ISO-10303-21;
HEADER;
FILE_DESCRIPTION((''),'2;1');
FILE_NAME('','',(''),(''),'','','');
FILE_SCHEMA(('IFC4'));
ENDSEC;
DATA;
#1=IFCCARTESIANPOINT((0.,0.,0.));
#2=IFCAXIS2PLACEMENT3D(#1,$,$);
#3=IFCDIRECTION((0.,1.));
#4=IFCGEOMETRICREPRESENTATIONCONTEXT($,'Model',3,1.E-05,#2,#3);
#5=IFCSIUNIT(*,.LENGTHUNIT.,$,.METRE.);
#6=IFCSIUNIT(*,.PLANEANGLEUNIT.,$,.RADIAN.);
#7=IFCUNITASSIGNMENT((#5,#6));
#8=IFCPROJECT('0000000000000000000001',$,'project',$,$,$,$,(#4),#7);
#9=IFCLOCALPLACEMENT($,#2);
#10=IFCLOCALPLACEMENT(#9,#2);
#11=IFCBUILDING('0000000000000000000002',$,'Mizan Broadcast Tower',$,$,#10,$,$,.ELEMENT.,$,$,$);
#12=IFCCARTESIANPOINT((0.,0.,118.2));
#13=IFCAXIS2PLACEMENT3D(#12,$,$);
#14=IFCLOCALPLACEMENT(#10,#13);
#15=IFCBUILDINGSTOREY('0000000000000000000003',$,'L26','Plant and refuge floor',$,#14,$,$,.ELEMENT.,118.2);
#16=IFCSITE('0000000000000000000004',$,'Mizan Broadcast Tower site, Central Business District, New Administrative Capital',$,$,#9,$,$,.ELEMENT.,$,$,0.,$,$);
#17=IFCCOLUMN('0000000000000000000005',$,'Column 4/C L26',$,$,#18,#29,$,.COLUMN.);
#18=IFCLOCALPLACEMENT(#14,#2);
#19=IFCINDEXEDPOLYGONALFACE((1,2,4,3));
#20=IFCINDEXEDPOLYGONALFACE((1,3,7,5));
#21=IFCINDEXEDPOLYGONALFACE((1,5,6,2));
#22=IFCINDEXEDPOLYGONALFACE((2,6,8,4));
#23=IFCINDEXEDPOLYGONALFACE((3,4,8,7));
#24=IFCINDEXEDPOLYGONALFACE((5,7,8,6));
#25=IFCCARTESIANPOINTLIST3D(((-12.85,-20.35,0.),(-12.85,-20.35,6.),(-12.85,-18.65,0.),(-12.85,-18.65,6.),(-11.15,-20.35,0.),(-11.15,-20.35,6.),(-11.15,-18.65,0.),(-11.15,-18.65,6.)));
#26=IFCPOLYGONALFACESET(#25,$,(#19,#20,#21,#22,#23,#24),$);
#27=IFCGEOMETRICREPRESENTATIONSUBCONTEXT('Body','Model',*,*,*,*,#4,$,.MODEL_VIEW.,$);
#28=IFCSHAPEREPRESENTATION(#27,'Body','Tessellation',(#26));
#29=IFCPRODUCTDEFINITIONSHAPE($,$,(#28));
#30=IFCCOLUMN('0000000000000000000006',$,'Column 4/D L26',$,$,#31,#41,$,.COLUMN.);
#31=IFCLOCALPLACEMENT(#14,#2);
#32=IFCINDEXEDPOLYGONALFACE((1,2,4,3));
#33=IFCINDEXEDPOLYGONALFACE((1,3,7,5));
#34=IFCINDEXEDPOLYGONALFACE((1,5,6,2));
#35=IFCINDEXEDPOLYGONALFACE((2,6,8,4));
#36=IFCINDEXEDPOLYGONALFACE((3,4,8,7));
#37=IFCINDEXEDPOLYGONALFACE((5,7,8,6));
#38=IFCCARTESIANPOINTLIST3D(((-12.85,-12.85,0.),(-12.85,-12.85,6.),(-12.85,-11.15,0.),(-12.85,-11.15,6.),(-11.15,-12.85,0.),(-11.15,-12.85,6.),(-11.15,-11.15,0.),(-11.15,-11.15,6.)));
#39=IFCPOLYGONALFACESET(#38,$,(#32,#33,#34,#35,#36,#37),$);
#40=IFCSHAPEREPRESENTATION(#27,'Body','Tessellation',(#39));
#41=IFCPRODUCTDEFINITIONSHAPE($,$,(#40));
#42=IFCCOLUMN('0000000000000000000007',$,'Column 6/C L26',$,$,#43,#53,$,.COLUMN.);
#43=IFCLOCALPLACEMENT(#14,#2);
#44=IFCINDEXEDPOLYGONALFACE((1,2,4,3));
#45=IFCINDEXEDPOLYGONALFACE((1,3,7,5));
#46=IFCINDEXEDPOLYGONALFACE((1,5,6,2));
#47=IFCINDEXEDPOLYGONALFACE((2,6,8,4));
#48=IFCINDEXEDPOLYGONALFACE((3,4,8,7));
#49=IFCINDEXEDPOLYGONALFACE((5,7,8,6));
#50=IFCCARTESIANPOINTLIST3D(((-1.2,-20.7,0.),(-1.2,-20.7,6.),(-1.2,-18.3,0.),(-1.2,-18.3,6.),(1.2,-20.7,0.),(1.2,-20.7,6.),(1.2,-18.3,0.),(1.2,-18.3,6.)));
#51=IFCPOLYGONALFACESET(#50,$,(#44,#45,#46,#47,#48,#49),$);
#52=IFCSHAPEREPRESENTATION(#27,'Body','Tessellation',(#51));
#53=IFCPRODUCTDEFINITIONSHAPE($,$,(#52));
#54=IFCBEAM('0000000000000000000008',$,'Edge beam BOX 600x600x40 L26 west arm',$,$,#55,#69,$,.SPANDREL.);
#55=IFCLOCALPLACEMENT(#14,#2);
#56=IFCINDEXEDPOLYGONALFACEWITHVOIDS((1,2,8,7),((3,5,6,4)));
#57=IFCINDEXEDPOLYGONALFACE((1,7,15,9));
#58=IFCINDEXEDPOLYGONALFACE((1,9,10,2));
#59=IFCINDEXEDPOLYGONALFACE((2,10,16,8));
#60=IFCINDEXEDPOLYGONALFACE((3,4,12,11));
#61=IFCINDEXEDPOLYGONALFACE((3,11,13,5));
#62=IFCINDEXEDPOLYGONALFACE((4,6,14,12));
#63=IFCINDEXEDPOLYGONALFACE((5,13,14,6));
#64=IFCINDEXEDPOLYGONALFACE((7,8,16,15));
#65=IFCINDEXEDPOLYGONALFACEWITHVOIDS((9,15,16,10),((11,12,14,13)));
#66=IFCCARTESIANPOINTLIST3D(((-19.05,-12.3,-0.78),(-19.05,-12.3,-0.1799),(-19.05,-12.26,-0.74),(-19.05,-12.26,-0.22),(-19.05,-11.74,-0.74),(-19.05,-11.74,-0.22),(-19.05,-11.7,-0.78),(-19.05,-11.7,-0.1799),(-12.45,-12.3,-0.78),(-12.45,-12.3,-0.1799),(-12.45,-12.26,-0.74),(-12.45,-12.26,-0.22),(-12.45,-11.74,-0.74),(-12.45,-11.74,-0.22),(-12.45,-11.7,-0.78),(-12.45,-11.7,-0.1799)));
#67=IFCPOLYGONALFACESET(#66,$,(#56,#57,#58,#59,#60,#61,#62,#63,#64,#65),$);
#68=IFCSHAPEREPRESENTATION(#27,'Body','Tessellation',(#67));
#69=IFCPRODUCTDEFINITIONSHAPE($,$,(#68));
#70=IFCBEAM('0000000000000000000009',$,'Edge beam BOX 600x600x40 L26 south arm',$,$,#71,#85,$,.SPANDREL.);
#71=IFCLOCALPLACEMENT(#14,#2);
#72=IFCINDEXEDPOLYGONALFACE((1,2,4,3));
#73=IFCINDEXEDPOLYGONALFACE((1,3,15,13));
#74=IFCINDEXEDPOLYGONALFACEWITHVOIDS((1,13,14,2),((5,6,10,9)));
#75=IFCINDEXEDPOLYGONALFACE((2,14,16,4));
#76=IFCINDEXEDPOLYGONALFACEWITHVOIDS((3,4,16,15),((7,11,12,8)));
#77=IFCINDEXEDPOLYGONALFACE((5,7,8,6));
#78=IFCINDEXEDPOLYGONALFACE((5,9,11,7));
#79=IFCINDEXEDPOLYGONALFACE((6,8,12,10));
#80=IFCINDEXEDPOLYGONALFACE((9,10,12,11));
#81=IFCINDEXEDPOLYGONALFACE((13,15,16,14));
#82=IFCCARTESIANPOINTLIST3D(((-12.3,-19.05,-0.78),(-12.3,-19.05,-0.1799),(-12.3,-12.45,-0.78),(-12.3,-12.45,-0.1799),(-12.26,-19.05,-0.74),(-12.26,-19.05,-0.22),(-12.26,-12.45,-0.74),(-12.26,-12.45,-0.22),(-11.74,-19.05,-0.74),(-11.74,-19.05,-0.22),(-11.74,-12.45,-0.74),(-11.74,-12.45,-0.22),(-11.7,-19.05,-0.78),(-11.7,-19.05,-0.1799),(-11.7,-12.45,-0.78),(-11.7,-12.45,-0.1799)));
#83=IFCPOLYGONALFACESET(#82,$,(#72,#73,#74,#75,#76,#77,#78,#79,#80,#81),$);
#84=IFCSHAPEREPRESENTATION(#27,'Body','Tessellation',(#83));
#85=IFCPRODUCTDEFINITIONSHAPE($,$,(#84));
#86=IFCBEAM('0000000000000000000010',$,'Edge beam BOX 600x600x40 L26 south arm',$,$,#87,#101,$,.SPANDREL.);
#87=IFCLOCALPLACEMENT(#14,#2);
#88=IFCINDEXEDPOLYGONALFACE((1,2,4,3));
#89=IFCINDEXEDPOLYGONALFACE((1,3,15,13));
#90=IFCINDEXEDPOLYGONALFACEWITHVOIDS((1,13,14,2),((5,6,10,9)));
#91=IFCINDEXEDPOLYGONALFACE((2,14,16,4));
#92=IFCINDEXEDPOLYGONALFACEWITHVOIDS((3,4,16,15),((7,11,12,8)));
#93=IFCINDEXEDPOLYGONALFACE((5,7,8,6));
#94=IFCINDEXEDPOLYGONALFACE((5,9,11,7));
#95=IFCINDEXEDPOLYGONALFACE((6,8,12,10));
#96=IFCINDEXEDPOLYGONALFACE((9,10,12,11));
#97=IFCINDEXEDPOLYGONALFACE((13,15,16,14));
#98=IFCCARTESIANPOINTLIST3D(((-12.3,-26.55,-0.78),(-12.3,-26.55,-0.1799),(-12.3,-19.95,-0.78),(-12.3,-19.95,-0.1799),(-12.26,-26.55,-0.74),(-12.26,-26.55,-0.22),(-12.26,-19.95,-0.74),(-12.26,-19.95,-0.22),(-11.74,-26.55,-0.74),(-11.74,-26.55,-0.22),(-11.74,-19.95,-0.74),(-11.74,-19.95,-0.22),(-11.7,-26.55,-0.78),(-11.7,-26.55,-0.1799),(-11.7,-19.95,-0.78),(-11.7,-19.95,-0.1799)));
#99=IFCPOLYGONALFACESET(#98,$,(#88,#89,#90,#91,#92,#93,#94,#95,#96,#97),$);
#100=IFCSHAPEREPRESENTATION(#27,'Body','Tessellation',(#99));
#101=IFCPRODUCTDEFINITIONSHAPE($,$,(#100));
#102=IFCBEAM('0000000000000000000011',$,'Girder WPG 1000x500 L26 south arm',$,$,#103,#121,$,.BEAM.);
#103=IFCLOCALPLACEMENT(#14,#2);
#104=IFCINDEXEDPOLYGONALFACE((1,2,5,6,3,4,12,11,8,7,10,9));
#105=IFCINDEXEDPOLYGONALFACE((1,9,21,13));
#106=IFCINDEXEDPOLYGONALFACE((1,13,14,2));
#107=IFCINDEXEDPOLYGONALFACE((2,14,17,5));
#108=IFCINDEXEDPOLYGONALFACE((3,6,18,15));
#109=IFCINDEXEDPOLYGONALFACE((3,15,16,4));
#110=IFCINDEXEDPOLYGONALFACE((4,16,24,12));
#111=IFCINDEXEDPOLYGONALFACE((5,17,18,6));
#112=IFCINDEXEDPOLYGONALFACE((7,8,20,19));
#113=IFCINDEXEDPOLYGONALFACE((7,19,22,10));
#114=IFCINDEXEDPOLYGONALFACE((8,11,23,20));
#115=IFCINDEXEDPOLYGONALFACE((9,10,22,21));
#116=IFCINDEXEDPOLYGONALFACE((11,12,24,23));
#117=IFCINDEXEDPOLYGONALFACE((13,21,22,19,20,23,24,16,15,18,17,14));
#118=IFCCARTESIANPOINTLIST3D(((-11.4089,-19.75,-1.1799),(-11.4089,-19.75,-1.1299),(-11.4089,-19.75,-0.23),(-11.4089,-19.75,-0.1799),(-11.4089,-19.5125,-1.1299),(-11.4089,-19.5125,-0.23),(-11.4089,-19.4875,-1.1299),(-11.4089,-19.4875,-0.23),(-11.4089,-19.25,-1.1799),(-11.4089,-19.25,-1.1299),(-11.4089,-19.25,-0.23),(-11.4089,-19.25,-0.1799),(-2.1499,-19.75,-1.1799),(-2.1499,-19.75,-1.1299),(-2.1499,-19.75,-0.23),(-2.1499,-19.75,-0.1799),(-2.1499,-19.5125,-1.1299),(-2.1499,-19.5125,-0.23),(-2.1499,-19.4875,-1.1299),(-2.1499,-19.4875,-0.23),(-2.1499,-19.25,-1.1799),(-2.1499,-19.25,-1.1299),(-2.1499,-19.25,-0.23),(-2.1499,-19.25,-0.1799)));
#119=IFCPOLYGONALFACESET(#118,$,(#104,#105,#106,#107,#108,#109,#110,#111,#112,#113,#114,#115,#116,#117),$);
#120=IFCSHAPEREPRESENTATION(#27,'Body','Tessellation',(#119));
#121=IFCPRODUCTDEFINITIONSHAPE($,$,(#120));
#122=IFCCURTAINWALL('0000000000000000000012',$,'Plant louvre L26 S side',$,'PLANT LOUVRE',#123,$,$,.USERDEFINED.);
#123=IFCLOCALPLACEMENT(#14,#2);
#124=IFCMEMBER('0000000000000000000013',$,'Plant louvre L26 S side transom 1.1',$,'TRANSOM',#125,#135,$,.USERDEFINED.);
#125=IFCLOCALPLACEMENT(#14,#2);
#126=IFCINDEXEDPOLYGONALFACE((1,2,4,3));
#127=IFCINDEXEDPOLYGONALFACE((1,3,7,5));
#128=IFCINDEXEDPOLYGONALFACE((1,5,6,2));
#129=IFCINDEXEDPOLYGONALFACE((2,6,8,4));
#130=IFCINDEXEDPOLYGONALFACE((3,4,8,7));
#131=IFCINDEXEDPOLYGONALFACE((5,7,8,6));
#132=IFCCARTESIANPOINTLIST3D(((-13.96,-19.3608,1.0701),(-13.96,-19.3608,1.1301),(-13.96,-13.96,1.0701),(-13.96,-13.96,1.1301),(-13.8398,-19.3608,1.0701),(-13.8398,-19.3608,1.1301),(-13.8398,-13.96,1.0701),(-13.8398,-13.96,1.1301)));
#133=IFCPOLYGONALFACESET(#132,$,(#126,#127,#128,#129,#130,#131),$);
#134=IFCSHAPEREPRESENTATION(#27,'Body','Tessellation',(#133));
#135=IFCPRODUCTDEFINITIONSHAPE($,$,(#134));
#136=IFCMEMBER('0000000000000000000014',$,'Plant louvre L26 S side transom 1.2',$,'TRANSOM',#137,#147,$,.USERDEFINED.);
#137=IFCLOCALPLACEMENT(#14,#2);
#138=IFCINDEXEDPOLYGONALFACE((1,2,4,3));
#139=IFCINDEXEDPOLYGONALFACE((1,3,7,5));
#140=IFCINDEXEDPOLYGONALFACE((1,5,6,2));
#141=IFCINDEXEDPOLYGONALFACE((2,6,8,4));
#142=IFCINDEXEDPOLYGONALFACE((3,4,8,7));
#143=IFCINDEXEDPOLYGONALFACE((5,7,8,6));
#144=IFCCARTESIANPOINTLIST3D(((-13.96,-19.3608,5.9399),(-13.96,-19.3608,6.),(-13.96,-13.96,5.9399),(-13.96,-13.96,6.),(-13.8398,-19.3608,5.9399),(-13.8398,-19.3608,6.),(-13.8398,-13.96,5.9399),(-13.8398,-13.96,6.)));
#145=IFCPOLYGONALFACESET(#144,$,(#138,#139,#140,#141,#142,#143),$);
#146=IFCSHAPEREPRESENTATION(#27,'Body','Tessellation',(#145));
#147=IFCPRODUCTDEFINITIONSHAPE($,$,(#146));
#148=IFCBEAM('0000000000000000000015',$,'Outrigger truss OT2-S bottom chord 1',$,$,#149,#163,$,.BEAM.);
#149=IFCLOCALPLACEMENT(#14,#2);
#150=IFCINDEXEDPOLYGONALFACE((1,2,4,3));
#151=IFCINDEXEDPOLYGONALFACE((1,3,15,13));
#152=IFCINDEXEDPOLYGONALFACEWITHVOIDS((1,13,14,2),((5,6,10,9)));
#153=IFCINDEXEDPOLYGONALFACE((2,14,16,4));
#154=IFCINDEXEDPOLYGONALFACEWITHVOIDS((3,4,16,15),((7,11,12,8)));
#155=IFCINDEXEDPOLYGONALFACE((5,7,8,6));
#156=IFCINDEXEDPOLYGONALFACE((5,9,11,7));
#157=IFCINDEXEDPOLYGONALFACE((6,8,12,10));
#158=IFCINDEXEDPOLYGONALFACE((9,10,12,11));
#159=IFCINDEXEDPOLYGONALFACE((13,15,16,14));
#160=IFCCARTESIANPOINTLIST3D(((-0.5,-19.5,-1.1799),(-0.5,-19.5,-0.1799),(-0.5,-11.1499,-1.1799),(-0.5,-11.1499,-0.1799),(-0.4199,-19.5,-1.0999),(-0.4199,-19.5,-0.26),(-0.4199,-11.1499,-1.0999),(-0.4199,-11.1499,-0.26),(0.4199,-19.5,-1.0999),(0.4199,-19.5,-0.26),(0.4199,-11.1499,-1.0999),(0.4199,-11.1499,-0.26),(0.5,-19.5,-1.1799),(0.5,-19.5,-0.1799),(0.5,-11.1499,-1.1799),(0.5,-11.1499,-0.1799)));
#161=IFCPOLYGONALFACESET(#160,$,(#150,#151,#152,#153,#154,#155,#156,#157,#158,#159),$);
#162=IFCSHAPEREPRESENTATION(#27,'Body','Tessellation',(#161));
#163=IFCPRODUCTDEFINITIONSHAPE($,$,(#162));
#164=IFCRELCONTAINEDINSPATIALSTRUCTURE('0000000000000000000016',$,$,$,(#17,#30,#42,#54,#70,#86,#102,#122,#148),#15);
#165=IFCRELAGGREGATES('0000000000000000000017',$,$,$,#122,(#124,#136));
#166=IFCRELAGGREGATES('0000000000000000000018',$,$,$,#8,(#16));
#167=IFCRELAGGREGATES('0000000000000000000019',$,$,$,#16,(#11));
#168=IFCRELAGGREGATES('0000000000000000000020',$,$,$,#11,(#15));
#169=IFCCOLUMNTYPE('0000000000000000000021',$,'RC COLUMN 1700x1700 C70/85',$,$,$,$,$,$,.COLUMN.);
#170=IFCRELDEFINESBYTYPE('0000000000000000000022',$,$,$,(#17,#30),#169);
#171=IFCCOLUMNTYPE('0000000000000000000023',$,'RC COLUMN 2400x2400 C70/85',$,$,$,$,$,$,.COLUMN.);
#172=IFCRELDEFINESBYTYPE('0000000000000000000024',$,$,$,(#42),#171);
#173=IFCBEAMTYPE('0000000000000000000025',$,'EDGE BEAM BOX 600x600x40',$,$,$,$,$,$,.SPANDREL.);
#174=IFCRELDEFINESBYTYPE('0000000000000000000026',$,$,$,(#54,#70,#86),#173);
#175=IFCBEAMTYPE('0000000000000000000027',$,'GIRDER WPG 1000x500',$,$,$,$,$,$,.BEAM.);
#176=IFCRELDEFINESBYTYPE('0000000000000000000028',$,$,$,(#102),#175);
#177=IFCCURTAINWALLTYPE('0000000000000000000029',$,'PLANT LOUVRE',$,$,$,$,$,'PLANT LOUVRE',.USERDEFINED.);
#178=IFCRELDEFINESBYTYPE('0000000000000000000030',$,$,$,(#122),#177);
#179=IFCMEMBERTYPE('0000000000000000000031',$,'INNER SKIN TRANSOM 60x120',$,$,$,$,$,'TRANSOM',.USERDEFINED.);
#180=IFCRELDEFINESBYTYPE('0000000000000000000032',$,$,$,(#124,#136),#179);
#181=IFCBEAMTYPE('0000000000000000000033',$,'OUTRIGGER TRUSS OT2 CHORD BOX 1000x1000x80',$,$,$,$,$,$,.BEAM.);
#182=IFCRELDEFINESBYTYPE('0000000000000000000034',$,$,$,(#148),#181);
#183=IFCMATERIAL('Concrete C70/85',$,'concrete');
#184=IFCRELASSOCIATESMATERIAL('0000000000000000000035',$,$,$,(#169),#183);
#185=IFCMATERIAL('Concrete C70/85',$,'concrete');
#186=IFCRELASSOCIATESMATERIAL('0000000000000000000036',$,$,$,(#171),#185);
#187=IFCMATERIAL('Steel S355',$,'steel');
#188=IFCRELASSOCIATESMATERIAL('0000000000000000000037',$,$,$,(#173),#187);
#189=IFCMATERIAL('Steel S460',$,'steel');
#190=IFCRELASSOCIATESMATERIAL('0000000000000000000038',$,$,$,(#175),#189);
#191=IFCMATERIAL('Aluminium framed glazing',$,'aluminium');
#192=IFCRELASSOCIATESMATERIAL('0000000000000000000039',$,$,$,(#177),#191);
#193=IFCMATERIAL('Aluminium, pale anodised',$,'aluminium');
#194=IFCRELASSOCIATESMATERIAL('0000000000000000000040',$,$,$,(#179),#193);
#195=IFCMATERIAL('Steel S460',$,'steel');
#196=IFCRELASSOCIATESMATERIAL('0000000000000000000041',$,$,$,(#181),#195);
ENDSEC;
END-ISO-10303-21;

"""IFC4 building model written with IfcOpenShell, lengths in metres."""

from ifc_helpers import new_model, si_unit, direction, frame, origin, origin_2d, place, context, subcontext, project, spatial, rectangle, hollow_rectangle, i_section, extrude, material, material_profile, profile_set, type_object, element, aggregate, save


model = new_model("IFC4")

# Units and contexts
model_context = context("Model", 3, precision=1e-05, world=origin(), true_north=direction((0.0, 1.0)))
body_context = subcontext(model_context, "Body", "Model", "MODEL_VIEW")
ifc_project = project(units=[si_unit("LENGTHUNIT", "METRE"), si_unit("PLANEANGLEUNIT", "RADIAN")], contexts=[model_context])

# Site, building, storey
site_placement = place(None, origin())
site = spatial("IfcSite", under=ifc_project, at=site_placement, Name="Mizan Broadcast Tower site, Central Business District, New Administrative Capital", CompositionType="ELEMENT", RefElevation=0.0)
building_placement = place(site_placement, origin())
building = spatial("IfcBuilding", under=site, at=building_placement, Name="Mizan Broadcast Tower", CompositionType="ELEMENT")
storey_placement = place(building_placement, frame((0.0, 0.0, 118.2)))
storey = spatial("IfcBuildingStorey", under=building, at=storey_placement, Name="L26", Description="Plant and refuge floor", CompositionType="ELEMENT", Elevation=118.2)

# Columns
ifc_material_1 = material(Name="Concrete C70/85", Category="concrete")
ifc_material_profile_1 = material_profile(ifc_material_1, rectangle(XDim=1.7, YDim=1.7, at=origin_2d()), Name="RC 1700x1700")
ifc_profile_set_1 = profile_set([ifc_material_profile_1], Name="Concrete C70/85")
column_type_1 = type_object("IfcColumnType", Name="RC COLUMN 1700x1700 C70/85", PredefinedType="COLUMN", material=ifc_profile_set_1)
for number, where, z_axis, x_axis, name in (
    (1, (-12.0, -19.5, 0.0), (0.0, 0.0, 1.0), (1.0, 0.0, 0.0), "Column 4/C L26"),
    (2, (-12.0, -12.0, 0.0), (0.0, 0.0, 1.0), (1.0, 0.0, 0.0), "Column 4/D L26"),
):
    element("IfcColumn", number, at=place(storey_placement, frame(where, z_axis=z_axis, x_axis=x_axis)), inside=storey, type_object=column_type_1, Name=name, PredefinedType="COLUMN", context=body_context, shape_type="SweptSolid", body=[
        extrude(rectangle(XDim=1.7, YDim=1.7, at=origin_2d()), origin(), (0.0, 0.0, 1.0), 6.0),
    ])
ifc_material_2 = material(Name="Concrete C70/85", Category="concrete")
ifc_material_profile_2 = material_profile(ifc_material_2, rectangle(XDim=2.3999, YDim=2.3999, at=origin_2d()), Name="RC 2400x2400")
ifc_profile_set_2 = profile_set([ifc_material_profile_2], Name="Concrete C70/85")
column_type_2 = type_object("IfcColumnType", Name="RC COLUMN 2400x2400 C70/85", PredefinedType="COLUMN", material=ifc_profile_set_2)
column_placement = place(storey_placement, frame((0.0, -19.5, 0.0), z_axis=(0.0, 0.0, 1.0), x_axis=(1.0, 0.0, 0.0)))
element("IfcColumn", 3, at=column_placement, inside=storey, type_object=column_type_2, Name="Column 6/C L26", PredefinedType="COLUMN", context=body_context, shape_type="SweptSolid", body=[
    extrude(rectangle(XDim=2.3999, YDim=2.3999, at=origin_2d()), origin(), (0.0, 0.0, 1.0), 6.0),
])

# Beams
ifc_material_3 = material(Name="Steel S355", Category="steel")
ifc_material_profile_3 = material_profile(ifc_material_3, hollow_rectangle(XDim=0.6001, YDim=0.6001, WallThickness=0.04, at=origin_2d()), Name="BOX 600x600x40")
ifc_profile_set_3 = profile_set([ifc_material_profile_3], Name="Steel S355")
beam_type_1 = type_object("IfcBeamType", Name="EDGE BEAM BOX 600x600x40", PredefinedType="SPANDREL", material=ifc_profile_set_3)
for number, where, z_axis, x_axis, name in (
    (4, (-12.45, -12.0, -0.48), (-1.0, 0.0, 0.0), (0.0, -1.0, 0.0), "Edge beam BOX 600x600x40 L26 west arm"),
    (5, (-12.0, -12.45, -0.48), (0.0, -1.0, 0.0), (1.0, 0.0, 0.0), "Edge beam BOX 600x600x40 L26 south arm"),
    (6, (-12.0, -19.95, -0.48), (0.0, -1.0, 0.0), (1.0, 0.0, 0.0), "Edge beam BOX 600x600x40 L26 south arm"),
):
    element("IfcBeam", number, at=place(storey_placement, frame(where, z_axis=z_axis, x_axis=x_axis)), inside=storey, type_object=beam_type_1, Name=name, PredefinedType="SPANDREL", context=body_context, shape_type="SweptSolid", body=[
        extrude(hollow_rectangle(XDim=0.6001, YDim=0.6001, WallThickness=0.04, at=origin_2d()), origin(), (0.0, 0.0, 1.0), 6.6001),
    ])
ifc_material_4 = material(Name="Steel S460", Category="steel")
ifc_material_profile_4 = material_profile(ifc_material_4, i_section(OverallWidth=0.5, OverallDepth=1.0, WebThickness=0.0249, FlangeThickness=0.05, at=origin_2d()), Name="WPG 1000x500")
ifc_profile_set_4 = profile_set([ifc_material_profile_4], Name="Steel S460")
beam_type_2 = type_object("IfcBeamType", Name="GIRDER WPG 1000x500", PredefinedType="BEAM", material=ifc_profile_set_4)
beam_1_placement = place(storey_placement, frame((-11.4089, -19.5, -0.6799), z_axis=(1.0, 0.0, 0.0), x_axis=(0.0, 1.0, 0.0)))
element("IfcBeam", 7, at=beam_1_placement, inside=storey, type_object=beam_type_2, Name="Girder WPG 1000x500 L26 south arm", PredefinedType="BEAM", context=body_context, shape_type="SweptSolid", body=[
    extrude(i_section(OverallWidth=0.5, OverallDepth=1.0, WebThickness=0.0249, FlangeThickness=0.05, at=origin_2d()), origin(), (0.0, 0.0, 1.0), 9.259),
])

# Curtain wall, members
ifc_material_5 = material(Name="Aluminium framed glazing", Category="aluminium")
curtain_wall_type = type_object("IfcCurtainWallType", Name="PLANT LOUVRE", ElementType="PLANT LOUVRE", PredefinedType="USERDEFINED", material=ifc_material_5)
curtain_wall_placement = place(storey_placement, origin())
curtain_wall = element("IfcCurtainWall", 8, at=curtain_wall_placement, inside=storey, type_object=curtain_wall_type, Name="Plant louvre L26 S side", ObjectType="PLANT LOUVRE", PredefinedType="USERDEFINED")
ifc_material_6 = material(Name="Aluminium, pale anodised", Category="aluminium")
ifc_material_profile_5 = material_profile(ifc_material_6, rectangle(XDim=0.1201, YDim=0.0601, at=origin_2d()), Name="TRANSOM 120x60")
ifc_profile_set_5 = profile_set([ifc_material_profile_5], Name="Aluminium, pale anodised")
member_type = type_object("IfcMemberType", Name="INNER SKIN TRANSOM 60x120", ElementType="TRANSOM", PredefinedType="USERDEFINED", material=ifc_profile_set_5)
member_1_placement = place(storey_placement, frame((-13.8999, -13.96, 1.1001), z_axis=(0.0, -1.0, 0.0), x_axis=(1.0, 0.0, 0.0)))
member_1 = element("IfcMember", 9, at=member_1_placement, type_object=member_type, Name="Plant louvre L26 S side transom 1.1", ObjectType="TRANSOM", PredefinedType="USERDEFINED", context=body_context, shape_type="SweptSolid", body=[
    extrude(rectangle(XDim=0.1201, YDim=0.0601, at=origin_2d()), origin(), (0.0, 0.0, 1.0), 5.4009),
])
member_2_placement = place(storey_placement, frame((-13.8999, -13.96, 5.97), z_axis=(0.0, -1.0, 0.0), x_axis=(1.0, 0.0, 0.0)))
member_2 = element("IfcMember", 10, at=member_2_placement, type_object=member_type, Name="Plant louvre L26 S side transom 1.2", ObjectType="TRANSOM", PredefinedType="USERDEFINED", context=body_context, shape_type="SweptSolid", body=[
    extrude(rectangle(XDim=0.1201, YDim=0.0601, at=origin_2d()), origin(), (0.0, 0.0, 1.0), 5.4009),
])
aggregate(curtain_wall, [member_1, member_2])

# Beam
ifc_material_7 = material(Name="Steel S460", Category="steel")
ifc_material_profile_6 = material_profile(ifc_material_7, hollow_rectangle(XDim=1.0, YDim=1.0, WallThickness=0.0801, at=origin_2d()), Name="BOX 1000x1000x80")
ifc_profile_set_6 = profile_set([ifc_material_profile_6], Name="Steel S460")
beam_type_3 = type_object("IfcBeamType", Name="OUTRIGGER TRUSS OT2 CHORD BOX 1000x1000x80", PredefinedType="BEAM", material=ifc_profile_set_6)
beam_2_placement = place(storey_placement, frame((0.0, -11.1499, -0.6799), z_axis=(0.0, -1.0, 0.0), x_axis=(1.0, 0.0, 0.0)))
element("IfcBeam", 11, at=beam_2_placement, inside=storey, type_object=beam_type_3, Name="Outrigger truss OT2-S bottom chord 1", PredefinedType="BEAM", context=body_context, shape_type="SweptSolid", body=[
    extrude(hollow_rectangle(XDim=1.0, YDim=1.0, WallThickness=0.0801, at=origin_2d()), origin(), (0.0, 0.0, 1.0), 8.3501),
])

save(model, "model.ifc")
